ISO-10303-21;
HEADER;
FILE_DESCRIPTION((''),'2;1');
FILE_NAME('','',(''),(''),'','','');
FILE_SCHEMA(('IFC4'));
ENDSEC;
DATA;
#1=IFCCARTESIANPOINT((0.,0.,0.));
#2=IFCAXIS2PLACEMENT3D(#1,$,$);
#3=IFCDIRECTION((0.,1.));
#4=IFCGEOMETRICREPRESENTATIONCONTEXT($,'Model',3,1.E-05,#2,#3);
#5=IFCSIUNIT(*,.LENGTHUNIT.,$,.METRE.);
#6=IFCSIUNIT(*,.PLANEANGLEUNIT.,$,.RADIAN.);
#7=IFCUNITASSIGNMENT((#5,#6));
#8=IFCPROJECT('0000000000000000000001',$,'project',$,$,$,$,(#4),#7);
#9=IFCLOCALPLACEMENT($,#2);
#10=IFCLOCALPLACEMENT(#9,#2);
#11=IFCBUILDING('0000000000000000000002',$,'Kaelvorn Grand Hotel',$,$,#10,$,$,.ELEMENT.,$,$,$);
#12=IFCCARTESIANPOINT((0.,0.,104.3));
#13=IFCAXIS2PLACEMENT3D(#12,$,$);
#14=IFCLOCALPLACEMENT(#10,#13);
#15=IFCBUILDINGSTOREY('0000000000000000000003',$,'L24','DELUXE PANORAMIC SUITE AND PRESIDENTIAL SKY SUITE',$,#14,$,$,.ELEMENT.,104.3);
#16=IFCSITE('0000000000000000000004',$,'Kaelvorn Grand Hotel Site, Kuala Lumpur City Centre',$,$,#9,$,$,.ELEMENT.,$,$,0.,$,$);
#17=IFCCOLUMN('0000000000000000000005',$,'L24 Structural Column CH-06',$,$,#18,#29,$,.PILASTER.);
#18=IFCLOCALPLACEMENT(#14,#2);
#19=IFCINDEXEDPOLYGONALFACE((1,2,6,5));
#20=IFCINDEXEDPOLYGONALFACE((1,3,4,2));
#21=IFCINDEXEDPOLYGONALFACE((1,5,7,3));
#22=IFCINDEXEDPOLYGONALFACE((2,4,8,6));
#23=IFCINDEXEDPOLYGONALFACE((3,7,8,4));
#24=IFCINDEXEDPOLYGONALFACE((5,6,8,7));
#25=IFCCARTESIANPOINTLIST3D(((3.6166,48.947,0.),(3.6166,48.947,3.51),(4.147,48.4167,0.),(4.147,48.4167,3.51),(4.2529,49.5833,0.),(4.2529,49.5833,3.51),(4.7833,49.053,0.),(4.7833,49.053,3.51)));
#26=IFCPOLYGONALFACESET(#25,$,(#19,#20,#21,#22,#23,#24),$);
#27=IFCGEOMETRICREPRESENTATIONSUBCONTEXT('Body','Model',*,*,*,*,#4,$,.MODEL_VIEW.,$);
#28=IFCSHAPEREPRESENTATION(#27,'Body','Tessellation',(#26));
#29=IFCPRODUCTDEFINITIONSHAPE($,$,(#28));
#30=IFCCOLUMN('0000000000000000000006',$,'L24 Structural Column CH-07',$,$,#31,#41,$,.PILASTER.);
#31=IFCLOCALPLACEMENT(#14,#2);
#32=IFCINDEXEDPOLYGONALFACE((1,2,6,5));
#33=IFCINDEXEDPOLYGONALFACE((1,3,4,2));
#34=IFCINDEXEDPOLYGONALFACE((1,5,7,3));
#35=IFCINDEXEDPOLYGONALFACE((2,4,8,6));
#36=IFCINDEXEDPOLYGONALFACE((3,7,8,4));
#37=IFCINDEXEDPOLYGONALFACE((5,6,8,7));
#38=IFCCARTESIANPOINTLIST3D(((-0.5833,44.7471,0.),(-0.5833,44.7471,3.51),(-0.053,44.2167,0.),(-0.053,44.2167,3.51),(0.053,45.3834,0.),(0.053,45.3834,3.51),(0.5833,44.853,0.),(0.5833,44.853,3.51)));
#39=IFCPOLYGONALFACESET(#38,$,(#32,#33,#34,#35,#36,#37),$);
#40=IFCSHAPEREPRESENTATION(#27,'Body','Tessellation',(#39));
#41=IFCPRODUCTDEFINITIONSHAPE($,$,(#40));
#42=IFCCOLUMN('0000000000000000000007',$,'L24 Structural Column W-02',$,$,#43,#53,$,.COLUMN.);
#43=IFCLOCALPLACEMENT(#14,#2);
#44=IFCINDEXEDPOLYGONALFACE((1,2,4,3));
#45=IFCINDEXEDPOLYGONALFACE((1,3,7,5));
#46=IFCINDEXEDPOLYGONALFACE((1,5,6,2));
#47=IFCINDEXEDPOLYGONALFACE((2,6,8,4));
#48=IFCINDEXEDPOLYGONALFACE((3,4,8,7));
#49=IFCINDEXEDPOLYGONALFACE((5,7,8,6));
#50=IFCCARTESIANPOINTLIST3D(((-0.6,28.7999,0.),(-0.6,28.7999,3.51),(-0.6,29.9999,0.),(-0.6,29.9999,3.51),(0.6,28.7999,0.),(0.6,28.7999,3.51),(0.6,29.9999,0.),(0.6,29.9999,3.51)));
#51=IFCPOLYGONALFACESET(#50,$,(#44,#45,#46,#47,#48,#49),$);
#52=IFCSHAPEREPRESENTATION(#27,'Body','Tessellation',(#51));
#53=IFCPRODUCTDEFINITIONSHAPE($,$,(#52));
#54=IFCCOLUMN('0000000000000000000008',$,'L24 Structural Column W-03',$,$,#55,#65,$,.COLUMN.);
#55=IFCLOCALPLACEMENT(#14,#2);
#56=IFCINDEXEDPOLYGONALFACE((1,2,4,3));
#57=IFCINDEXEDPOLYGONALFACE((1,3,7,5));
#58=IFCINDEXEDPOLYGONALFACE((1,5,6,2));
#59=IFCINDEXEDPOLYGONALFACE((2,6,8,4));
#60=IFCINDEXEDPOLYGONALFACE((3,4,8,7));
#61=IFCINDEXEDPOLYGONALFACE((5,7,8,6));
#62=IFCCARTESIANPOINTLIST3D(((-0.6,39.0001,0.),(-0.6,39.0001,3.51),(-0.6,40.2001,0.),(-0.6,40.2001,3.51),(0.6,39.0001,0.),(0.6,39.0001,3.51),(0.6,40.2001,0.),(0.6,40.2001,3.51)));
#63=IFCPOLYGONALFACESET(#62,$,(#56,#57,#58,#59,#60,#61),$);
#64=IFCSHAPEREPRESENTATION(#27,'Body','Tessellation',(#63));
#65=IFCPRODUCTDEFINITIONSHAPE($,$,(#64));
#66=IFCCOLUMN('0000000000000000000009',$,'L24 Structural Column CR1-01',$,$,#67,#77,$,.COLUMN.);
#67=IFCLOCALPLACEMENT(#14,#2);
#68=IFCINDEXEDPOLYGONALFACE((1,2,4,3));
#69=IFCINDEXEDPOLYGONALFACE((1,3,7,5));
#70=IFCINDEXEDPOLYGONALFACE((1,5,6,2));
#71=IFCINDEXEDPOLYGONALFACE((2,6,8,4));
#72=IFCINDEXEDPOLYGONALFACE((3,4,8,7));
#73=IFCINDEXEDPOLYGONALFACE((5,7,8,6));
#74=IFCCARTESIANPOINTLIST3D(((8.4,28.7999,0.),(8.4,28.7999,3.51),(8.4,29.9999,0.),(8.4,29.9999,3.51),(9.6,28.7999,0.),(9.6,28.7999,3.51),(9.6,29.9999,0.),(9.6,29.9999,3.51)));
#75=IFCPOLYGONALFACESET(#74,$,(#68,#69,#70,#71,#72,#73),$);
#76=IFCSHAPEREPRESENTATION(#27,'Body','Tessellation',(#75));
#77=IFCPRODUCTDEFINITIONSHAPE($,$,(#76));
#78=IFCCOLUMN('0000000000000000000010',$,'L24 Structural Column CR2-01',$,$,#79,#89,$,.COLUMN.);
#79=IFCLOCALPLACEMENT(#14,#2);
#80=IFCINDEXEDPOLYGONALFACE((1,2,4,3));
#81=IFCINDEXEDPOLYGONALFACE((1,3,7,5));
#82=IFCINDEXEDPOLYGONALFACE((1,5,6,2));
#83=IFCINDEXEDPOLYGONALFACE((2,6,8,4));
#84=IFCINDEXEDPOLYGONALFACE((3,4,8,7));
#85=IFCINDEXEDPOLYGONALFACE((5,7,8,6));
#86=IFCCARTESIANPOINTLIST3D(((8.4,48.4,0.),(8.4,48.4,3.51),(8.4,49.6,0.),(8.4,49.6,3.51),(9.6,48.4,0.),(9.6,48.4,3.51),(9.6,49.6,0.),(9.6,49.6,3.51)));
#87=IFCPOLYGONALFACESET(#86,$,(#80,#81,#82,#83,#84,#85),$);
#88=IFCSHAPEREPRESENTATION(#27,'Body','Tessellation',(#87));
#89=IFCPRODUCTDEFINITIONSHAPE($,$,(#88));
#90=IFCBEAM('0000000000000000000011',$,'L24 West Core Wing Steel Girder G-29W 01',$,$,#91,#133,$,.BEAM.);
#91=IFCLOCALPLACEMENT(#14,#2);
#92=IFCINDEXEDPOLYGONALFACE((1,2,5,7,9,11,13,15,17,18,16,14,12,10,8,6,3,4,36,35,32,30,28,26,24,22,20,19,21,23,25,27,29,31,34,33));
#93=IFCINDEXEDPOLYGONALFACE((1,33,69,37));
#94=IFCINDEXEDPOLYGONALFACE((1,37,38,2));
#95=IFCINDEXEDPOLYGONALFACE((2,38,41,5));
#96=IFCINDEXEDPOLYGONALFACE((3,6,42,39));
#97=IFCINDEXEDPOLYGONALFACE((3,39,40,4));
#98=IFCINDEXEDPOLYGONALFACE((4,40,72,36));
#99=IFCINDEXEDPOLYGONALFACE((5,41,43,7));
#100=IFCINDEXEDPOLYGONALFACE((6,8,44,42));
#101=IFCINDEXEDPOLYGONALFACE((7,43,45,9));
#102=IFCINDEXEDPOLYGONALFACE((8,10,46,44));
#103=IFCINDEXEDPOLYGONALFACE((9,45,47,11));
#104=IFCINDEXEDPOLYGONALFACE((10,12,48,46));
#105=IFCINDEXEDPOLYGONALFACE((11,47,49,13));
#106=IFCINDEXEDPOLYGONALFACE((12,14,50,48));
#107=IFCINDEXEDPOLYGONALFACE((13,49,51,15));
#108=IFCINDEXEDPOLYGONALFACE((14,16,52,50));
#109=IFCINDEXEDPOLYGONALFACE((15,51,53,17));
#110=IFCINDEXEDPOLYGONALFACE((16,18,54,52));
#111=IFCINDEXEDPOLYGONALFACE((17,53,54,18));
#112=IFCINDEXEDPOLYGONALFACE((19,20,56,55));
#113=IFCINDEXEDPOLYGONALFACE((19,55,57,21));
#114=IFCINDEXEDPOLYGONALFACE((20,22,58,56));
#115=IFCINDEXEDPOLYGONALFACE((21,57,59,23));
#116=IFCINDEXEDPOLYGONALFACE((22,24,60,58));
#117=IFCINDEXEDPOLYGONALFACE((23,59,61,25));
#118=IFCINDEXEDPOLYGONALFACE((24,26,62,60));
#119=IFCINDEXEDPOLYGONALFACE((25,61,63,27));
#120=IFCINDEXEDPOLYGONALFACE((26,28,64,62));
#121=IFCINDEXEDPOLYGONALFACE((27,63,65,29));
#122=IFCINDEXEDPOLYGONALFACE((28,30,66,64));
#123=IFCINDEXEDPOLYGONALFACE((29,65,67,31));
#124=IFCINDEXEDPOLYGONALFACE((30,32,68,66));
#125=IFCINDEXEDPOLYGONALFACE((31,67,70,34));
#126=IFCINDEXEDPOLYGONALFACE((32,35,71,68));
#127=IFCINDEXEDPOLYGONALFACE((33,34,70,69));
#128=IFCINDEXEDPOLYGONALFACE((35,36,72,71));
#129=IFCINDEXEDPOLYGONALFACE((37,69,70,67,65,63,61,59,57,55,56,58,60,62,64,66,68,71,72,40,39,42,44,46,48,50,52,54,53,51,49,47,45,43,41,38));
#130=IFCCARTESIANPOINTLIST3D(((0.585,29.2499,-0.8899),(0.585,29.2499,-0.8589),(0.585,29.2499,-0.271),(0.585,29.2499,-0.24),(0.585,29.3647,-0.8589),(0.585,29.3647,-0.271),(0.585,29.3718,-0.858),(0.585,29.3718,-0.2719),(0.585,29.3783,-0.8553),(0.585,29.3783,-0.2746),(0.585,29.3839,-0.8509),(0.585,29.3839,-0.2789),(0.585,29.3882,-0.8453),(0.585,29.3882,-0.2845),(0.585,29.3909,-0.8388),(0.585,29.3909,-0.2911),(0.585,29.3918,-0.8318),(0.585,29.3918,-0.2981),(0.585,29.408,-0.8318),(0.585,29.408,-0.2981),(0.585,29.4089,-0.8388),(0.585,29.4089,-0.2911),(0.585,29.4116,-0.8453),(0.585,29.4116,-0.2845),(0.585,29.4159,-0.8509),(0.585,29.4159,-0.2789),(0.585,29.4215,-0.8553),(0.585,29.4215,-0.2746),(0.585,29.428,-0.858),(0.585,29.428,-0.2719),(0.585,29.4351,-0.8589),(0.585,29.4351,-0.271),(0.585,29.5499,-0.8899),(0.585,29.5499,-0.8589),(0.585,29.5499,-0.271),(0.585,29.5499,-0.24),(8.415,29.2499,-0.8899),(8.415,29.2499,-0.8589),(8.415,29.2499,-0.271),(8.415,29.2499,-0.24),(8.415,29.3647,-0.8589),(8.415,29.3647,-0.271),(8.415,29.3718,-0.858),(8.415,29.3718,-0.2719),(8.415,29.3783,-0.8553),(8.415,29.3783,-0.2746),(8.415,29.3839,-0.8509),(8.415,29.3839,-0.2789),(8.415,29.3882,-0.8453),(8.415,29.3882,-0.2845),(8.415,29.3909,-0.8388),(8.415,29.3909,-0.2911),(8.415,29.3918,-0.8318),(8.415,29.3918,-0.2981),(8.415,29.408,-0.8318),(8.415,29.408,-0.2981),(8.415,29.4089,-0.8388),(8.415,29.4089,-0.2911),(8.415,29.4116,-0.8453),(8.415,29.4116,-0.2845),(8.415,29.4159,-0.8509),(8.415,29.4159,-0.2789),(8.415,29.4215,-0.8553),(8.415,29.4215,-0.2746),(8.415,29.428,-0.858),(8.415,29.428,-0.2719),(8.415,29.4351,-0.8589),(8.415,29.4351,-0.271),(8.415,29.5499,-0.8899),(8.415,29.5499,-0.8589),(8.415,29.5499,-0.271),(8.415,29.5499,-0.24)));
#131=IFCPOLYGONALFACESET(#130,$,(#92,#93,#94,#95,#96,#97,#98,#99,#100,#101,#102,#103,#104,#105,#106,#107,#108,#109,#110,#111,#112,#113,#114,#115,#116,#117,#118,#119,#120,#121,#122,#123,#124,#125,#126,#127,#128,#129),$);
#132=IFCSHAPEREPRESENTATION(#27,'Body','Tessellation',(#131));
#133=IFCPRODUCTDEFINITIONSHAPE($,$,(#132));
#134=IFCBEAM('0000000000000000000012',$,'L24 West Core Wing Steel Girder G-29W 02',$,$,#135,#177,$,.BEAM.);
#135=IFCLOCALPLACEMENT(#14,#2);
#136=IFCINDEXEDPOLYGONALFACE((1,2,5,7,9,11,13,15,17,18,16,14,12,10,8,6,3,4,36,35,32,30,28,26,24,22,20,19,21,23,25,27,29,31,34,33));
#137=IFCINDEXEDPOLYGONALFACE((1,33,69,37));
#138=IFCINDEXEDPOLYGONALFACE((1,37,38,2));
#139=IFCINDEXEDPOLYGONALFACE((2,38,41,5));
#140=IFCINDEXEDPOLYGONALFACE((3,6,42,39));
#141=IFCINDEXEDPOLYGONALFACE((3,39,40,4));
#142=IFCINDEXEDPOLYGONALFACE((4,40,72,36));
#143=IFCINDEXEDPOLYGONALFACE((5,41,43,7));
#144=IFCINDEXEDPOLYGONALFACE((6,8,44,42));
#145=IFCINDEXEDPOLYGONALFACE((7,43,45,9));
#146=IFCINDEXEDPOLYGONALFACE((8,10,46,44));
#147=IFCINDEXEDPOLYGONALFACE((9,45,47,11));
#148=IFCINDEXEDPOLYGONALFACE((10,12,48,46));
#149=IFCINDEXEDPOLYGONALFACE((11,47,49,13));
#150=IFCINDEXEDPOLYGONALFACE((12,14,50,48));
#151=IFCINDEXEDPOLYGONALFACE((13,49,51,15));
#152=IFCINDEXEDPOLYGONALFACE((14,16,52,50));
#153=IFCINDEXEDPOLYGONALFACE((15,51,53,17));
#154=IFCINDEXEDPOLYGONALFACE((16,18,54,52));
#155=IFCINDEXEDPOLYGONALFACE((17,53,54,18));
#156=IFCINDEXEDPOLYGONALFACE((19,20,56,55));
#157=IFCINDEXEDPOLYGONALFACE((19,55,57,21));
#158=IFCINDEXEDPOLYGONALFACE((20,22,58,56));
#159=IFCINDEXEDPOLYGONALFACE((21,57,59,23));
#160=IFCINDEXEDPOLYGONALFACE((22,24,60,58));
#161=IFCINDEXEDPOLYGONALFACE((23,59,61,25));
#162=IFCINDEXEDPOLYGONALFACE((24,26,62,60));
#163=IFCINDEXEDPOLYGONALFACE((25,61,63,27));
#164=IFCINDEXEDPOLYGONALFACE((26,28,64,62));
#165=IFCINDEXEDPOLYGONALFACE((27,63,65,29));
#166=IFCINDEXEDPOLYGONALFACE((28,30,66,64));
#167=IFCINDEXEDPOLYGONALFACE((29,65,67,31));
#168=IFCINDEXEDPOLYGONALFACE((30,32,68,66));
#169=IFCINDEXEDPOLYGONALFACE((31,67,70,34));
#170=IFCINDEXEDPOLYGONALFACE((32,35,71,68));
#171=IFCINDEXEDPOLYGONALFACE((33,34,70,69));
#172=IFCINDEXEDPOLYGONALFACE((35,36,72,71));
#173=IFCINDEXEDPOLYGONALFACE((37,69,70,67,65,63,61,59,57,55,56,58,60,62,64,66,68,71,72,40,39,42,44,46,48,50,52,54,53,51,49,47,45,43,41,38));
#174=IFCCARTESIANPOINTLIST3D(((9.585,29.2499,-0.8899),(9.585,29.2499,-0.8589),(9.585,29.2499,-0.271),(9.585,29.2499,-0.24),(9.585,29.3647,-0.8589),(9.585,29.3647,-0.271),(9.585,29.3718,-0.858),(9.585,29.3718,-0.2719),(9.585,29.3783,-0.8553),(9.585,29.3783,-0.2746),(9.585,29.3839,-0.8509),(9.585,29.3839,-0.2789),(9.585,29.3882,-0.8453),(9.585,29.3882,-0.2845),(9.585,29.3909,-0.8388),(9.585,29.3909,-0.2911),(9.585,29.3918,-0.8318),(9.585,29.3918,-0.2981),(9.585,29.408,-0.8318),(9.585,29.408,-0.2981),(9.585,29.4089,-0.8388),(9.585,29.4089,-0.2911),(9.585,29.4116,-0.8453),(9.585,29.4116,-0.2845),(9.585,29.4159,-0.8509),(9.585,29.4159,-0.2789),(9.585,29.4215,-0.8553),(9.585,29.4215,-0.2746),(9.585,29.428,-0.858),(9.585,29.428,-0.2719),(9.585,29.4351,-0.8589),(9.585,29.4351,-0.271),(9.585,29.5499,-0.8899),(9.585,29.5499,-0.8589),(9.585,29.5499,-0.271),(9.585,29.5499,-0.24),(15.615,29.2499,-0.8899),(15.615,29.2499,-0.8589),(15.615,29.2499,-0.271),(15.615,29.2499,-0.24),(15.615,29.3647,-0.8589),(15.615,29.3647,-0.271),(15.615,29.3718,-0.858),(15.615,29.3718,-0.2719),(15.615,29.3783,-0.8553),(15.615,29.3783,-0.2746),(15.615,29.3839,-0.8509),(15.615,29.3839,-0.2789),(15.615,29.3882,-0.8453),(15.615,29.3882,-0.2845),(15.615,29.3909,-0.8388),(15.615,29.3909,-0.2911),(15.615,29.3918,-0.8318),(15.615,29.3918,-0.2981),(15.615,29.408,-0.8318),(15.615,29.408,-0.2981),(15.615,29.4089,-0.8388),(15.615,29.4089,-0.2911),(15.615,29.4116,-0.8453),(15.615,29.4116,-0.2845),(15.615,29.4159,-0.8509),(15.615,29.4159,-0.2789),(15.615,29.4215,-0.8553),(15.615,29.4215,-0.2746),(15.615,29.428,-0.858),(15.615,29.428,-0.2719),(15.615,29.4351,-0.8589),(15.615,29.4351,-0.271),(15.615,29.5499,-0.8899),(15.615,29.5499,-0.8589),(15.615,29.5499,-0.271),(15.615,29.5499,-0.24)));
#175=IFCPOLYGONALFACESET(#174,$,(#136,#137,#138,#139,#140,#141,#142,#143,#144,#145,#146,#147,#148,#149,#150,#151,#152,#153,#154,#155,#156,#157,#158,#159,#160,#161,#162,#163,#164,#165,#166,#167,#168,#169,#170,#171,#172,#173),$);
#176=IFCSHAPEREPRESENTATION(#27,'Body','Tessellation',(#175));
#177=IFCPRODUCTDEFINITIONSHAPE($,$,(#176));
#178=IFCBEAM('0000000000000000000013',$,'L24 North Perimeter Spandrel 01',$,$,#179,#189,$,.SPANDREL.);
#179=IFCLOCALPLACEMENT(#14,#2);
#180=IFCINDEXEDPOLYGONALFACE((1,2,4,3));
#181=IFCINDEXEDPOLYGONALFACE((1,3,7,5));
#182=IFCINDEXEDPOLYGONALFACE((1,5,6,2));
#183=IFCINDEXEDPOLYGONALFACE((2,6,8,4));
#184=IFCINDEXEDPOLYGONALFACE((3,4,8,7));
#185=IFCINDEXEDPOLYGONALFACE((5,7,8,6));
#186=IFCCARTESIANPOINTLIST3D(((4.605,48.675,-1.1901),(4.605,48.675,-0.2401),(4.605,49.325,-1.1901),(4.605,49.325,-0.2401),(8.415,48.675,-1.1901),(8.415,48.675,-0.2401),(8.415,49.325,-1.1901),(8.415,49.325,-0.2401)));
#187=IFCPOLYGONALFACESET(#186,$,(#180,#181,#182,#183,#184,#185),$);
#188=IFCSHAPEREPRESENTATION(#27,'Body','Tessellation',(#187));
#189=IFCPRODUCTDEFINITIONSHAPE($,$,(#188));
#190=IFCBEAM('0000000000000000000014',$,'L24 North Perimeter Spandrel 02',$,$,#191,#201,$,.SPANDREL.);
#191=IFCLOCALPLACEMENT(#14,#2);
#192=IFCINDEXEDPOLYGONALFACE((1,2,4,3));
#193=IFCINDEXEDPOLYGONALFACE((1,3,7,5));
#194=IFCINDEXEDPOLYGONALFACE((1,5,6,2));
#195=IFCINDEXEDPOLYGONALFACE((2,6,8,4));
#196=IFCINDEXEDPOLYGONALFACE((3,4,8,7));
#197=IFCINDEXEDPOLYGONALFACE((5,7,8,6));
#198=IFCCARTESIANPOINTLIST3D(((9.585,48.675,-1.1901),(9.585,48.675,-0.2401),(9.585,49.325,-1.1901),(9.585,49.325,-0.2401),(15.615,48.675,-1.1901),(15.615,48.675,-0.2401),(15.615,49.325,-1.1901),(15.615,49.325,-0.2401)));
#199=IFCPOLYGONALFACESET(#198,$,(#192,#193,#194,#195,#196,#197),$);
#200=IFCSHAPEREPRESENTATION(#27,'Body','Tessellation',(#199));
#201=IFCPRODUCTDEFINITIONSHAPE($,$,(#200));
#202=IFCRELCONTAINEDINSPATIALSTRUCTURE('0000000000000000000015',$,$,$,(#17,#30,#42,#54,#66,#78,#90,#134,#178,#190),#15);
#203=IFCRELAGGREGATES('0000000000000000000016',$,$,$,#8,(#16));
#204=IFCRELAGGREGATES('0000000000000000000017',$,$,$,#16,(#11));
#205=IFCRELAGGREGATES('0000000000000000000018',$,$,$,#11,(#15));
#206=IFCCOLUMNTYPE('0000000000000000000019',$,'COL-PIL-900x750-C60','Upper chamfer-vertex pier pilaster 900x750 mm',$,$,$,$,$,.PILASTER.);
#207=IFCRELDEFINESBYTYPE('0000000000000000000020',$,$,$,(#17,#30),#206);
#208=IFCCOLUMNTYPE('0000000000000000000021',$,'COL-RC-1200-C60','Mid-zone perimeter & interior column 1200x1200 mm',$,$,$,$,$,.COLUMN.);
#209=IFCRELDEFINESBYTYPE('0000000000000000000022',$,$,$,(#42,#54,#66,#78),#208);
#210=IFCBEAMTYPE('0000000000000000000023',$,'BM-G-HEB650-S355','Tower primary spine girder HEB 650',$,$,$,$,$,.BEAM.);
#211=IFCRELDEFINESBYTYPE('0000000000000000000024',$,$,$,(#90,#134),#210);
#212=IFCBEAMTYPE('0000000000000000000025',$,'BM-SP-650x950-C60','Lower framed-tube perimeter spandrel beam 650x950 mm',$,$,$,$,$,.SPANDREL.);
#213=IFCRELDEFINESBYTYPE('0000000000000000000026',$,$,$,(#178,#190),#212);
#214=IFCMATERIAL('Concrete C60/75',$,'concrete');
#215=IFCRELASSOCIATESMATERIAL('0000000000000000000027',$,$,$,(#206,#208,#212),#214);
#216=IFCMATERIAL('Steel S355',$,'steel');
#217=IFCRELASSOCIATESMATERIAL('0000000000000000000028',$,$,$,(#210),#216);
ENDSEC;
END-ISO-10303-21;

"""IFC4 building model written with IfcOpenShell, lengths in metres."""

from ifc_helpers import new_model, si_unit, direction, frame, origin, origin_2d, place, context, subcontext, project, spatial, rectangle, i_section, extrude, material, material_profile, profile_set, type_object, element, save


model = new_model("IFC4")

# Units and contexts
model_context = context("Model", 3, precision=1e-05, world=origin(), true_north=direction((0.0, 1.0)))
body_context = subcontext(model_context, "Body", "Model", "MODEL_VIEW")
ifc_project = project(units=[si_unit("LENGTHUNIT", "METRE"), si_unit("PLANEANGLEUNIT", "RADIAN")], contexts=[model_context])

# Site, building, storey
site_placement = place(None, origin())
site = spatial("IfcSite", under=ifc_project, at=site_placement, Name="Kaelvorn Grand Hotel Site, Kuala Lumpur City Centre", CompositionType="ELEMENT", RefElevation=0.0)
building_placement = place(site_placement, origin())
building = spatial("IfcBuilding", under=site, at=building_placement, Name="Kaelvorn Grand Hotel", CompositionType="ELEMENT")
storey_placement = place(building_placement, frame((0.0, 0.0, 104.3)))
storey = spatial("IfcBuildingStorey", under=building, at=storey_placement, Name="L24", Description="DELUXE PANORAMIC SUITE AND PRESIDENTIAL SKY SUITE", CompositionType="ELEMENT", Elevation=104.3)

# Columns
ifc_material_1 = material(Name="Concrete C60/75", Category="concrete")
ifc_material_profile_1 = material_profile(ifc_material_1, rectangle(XDim=0.8999, YDim=0.75, at=origin_2d()), Name="RC PILASTER 900x750")
ifc_profile_set_1 = profile_set([ifc_material_profile_1], Name="Concrete C60/75")
column_type_1 = type_object("IfcColumnType", Name="COL-PIL-900x750-C60", Description="Upper chamfer-vertex pier pilaster 900x750 mm", PredefinedType="PILASTER", material=ifc_profile_set_1)
for number, where, z_axis, x_axis, name in (
    (1, (4.2, 49.0, 0.0), (0.0, 0.0, 1.0), (0.707107, 0.707107, 0.0), "L24 Structural Column CH-06"),
    (2, (0.0, 44.8, 0.0), (0.0, 0.0, 1.0), (0.707107, 0.707107, 0.0), "L24 Structural Column CH-07"),
):
    element("IfcColumn", number, at=place(storey_placement, frame(where, z_axis=z_axis, x_axis=x_axis)), inside=storey, type_object=column_type_1, Name=name, PredefinedType="PILASTER", context=body_context, shape_type="SweptSolid", body=[
        extrude(rectangle(XDim=0.8999, YDim=0.75, at=origin_2d()), origin(), (0.0, 0.0, 1.0), 3.51),
    ])
ifc_material_profile_2 = material_profile(ifc_material_1, rectangle(XDim=1.2, YDim=1.2, at=origin_2d()), Name="RC COL 1200x1200")
ifc_profile_set_2 = profile_set([ifc_material_profile_2], Name="Concrete C60/75")
column_type_2 = type_object("IfcColumnType", Name="COL-RC-1200-C60", Description="Mid-zone perimeter & interior column 1200x1200 mm", PredefinedType="COLUMN", material=ifc_profile_set_2)
for number, where, z_axis, x_axis, name in (
    (3, (0.0, 29.3999, 0.0), (0.0, 0.0, 1.0), (1.0, 0.0, 0.0), "L24 Structural Column W-02"),
    (4, (0.0, 39.6001, 0.0), (0.0, 0.0, 1.0), (1.0, 0.0, 0.0), "L24 Structural Column W-03"),
    (5, (9.0, 29.3999, 0.0), (0.0, 0.0, 1.0), (1.0, 0.0, 0.0), "L24 Structural Column CR1-01"),
    (6, (9.0, 49.0, 0.0), (0.0, 0.0, 1.0), (1.0, 0.0, 0.0), "L24 Structural Column CR2-01"),
):
    element("IfcColumn", number, at=place(storey_placement, frame(where, z_axis=z_axis, x_axis=x_axis)), inside=storey, type_object=column_type_2, Name=name, PredefinedType="COLUMN", context=body_context, shape_type="SweptSolid", body=[
        extrude(rectangle(XDim=1.2, YDim=1.2, at=origin_2d()), origin(), (0.0, 0.0, 1.0), 3.51),
    ])

# Beams
ifc_material_2 = material(Name="Steel S355", Category="steel")
ifc_material_profile_3 = material_profile(ifc_material_2, i_section(OverallWidth=0.3, OverallDepth=0.6499, WebThickness=0.0161, FlangeThickness=0.031, FilletRadius=0.0271, at=origin_2d()), Name="HEB 650")
ifc_profile_set_3 = profile_set([ifc_material_profile_3], Name="Steel S355")
beam_type_1 = type_object("IfcBeamType", Name="BM-G-HEB650-S355", Description="Tower primary spine girder HEB 650", PredefinedType="BEAM", material=ifc_profile_set_3)
beam_1_placement = place(storey_placement, frame((0.585, 29.3999, -0.5649), z_axis=(1.0, 0.0, 0.0), x_axis=(0.0, 1.0, 0.0)))
element("IfcBeam", 7, at=beam_1_placement, inside=storey, type_object=beam_type_1, Name="L24 West Core Wing Steel Girder G-29W 01", PredefinedType="BEAM", context=body_context, shape_type="SweptSolid", body=[
    extrude(i_section(OverallWidth=0.3, OverallDepth=0.6499, WebThickness=0.0161, FlangeThickness=0.031, FilletRadius=0.0271, at=origin_2d()), origin(), (0.0, 0.0, 1.0), 7.8301),
])
beam_2_placement = place(storey_placement, frame((9.585, 29.3999, -0.5649), z_axis=(1.0, 0.0, 0.0), x_axis=(0.0, 1.0, 0.0)))
element("IfcBeam", 8, at=beam_2_placement, inside=storey, type_object=beam_type_1, Name="L24 West Core Wing Steel Girder G-29W 02", PredefinedType="BEAM", context=body_context, shape_type="SweptSolid", body=[
    extrude(i_section(OverallWidth=0.3, OverallDepth=0.6499, WebThickness=0.0161, FlangeThickness=0.031, FilletRadius=0.0271, at=origin_2d()), origin(), (0.0, 0.0, 1.0), 6.03),
])
ifc_material_profile_4 = material_profile(ifc_material_1, rectangle(XDim=0.6499, YDim=0.95, at=origin_2d()), Name="RC SPANDREL 650x950")
ifc_profile_set_4 = profile_set([ifc_material_profile_4], Name="Concrete C60/75")
beam_type_2 = type_object("IfcBeamType", Name="BM-SP-650x950-C60", Description="Lower framed-tube perimeter spandrel beam 650x950 mm", PredefinedType="SPANDREL", material=ifc_profile_set_4)
beam_3_placement = place(storey_placement, frame((4.605, 49.0, -0.7151), z_axis=(1.0, 0.0, 0.0), x_axis=(0.0, 1.0, 0.0)))
element("IfcBeam", 9, at=beam_3_placement, inside=storey, type_object=beam_type_2, Name="L24 North Perimeter Spandrel 01", PredefinedType="SPANDREL", context=body_context, shape_type="SweptSolid", body=[
    extrude(rectangle(XDim=0.6499, YDim=0.95, at=origin_2d()), origin(), (0.0, 0.0, 1.0), 3.8101),
])
beam_4_placement = place(storey_placement, frame((9.585, 49.0, -0.7151), z_axis=(1.0, 0.0, 0.0), x_axis=(0.0, 1.0, 0.0)))
element("IfcBeam", 10, at=beam_4_placement, inside=storey, type_object=beam_type_2, Name="L24 North Perimeter Spandrel 02", PredefinedType="SPANDREL", context=body_context, shape_type="SweptSolid", body=[
    extrude(rectangle(XDim=0.6499, YDim=0.95, at=origin_2d()), origin(), (0.0, 0.0, 1.0), 6.03),
])

save(model, "model.ifc")
